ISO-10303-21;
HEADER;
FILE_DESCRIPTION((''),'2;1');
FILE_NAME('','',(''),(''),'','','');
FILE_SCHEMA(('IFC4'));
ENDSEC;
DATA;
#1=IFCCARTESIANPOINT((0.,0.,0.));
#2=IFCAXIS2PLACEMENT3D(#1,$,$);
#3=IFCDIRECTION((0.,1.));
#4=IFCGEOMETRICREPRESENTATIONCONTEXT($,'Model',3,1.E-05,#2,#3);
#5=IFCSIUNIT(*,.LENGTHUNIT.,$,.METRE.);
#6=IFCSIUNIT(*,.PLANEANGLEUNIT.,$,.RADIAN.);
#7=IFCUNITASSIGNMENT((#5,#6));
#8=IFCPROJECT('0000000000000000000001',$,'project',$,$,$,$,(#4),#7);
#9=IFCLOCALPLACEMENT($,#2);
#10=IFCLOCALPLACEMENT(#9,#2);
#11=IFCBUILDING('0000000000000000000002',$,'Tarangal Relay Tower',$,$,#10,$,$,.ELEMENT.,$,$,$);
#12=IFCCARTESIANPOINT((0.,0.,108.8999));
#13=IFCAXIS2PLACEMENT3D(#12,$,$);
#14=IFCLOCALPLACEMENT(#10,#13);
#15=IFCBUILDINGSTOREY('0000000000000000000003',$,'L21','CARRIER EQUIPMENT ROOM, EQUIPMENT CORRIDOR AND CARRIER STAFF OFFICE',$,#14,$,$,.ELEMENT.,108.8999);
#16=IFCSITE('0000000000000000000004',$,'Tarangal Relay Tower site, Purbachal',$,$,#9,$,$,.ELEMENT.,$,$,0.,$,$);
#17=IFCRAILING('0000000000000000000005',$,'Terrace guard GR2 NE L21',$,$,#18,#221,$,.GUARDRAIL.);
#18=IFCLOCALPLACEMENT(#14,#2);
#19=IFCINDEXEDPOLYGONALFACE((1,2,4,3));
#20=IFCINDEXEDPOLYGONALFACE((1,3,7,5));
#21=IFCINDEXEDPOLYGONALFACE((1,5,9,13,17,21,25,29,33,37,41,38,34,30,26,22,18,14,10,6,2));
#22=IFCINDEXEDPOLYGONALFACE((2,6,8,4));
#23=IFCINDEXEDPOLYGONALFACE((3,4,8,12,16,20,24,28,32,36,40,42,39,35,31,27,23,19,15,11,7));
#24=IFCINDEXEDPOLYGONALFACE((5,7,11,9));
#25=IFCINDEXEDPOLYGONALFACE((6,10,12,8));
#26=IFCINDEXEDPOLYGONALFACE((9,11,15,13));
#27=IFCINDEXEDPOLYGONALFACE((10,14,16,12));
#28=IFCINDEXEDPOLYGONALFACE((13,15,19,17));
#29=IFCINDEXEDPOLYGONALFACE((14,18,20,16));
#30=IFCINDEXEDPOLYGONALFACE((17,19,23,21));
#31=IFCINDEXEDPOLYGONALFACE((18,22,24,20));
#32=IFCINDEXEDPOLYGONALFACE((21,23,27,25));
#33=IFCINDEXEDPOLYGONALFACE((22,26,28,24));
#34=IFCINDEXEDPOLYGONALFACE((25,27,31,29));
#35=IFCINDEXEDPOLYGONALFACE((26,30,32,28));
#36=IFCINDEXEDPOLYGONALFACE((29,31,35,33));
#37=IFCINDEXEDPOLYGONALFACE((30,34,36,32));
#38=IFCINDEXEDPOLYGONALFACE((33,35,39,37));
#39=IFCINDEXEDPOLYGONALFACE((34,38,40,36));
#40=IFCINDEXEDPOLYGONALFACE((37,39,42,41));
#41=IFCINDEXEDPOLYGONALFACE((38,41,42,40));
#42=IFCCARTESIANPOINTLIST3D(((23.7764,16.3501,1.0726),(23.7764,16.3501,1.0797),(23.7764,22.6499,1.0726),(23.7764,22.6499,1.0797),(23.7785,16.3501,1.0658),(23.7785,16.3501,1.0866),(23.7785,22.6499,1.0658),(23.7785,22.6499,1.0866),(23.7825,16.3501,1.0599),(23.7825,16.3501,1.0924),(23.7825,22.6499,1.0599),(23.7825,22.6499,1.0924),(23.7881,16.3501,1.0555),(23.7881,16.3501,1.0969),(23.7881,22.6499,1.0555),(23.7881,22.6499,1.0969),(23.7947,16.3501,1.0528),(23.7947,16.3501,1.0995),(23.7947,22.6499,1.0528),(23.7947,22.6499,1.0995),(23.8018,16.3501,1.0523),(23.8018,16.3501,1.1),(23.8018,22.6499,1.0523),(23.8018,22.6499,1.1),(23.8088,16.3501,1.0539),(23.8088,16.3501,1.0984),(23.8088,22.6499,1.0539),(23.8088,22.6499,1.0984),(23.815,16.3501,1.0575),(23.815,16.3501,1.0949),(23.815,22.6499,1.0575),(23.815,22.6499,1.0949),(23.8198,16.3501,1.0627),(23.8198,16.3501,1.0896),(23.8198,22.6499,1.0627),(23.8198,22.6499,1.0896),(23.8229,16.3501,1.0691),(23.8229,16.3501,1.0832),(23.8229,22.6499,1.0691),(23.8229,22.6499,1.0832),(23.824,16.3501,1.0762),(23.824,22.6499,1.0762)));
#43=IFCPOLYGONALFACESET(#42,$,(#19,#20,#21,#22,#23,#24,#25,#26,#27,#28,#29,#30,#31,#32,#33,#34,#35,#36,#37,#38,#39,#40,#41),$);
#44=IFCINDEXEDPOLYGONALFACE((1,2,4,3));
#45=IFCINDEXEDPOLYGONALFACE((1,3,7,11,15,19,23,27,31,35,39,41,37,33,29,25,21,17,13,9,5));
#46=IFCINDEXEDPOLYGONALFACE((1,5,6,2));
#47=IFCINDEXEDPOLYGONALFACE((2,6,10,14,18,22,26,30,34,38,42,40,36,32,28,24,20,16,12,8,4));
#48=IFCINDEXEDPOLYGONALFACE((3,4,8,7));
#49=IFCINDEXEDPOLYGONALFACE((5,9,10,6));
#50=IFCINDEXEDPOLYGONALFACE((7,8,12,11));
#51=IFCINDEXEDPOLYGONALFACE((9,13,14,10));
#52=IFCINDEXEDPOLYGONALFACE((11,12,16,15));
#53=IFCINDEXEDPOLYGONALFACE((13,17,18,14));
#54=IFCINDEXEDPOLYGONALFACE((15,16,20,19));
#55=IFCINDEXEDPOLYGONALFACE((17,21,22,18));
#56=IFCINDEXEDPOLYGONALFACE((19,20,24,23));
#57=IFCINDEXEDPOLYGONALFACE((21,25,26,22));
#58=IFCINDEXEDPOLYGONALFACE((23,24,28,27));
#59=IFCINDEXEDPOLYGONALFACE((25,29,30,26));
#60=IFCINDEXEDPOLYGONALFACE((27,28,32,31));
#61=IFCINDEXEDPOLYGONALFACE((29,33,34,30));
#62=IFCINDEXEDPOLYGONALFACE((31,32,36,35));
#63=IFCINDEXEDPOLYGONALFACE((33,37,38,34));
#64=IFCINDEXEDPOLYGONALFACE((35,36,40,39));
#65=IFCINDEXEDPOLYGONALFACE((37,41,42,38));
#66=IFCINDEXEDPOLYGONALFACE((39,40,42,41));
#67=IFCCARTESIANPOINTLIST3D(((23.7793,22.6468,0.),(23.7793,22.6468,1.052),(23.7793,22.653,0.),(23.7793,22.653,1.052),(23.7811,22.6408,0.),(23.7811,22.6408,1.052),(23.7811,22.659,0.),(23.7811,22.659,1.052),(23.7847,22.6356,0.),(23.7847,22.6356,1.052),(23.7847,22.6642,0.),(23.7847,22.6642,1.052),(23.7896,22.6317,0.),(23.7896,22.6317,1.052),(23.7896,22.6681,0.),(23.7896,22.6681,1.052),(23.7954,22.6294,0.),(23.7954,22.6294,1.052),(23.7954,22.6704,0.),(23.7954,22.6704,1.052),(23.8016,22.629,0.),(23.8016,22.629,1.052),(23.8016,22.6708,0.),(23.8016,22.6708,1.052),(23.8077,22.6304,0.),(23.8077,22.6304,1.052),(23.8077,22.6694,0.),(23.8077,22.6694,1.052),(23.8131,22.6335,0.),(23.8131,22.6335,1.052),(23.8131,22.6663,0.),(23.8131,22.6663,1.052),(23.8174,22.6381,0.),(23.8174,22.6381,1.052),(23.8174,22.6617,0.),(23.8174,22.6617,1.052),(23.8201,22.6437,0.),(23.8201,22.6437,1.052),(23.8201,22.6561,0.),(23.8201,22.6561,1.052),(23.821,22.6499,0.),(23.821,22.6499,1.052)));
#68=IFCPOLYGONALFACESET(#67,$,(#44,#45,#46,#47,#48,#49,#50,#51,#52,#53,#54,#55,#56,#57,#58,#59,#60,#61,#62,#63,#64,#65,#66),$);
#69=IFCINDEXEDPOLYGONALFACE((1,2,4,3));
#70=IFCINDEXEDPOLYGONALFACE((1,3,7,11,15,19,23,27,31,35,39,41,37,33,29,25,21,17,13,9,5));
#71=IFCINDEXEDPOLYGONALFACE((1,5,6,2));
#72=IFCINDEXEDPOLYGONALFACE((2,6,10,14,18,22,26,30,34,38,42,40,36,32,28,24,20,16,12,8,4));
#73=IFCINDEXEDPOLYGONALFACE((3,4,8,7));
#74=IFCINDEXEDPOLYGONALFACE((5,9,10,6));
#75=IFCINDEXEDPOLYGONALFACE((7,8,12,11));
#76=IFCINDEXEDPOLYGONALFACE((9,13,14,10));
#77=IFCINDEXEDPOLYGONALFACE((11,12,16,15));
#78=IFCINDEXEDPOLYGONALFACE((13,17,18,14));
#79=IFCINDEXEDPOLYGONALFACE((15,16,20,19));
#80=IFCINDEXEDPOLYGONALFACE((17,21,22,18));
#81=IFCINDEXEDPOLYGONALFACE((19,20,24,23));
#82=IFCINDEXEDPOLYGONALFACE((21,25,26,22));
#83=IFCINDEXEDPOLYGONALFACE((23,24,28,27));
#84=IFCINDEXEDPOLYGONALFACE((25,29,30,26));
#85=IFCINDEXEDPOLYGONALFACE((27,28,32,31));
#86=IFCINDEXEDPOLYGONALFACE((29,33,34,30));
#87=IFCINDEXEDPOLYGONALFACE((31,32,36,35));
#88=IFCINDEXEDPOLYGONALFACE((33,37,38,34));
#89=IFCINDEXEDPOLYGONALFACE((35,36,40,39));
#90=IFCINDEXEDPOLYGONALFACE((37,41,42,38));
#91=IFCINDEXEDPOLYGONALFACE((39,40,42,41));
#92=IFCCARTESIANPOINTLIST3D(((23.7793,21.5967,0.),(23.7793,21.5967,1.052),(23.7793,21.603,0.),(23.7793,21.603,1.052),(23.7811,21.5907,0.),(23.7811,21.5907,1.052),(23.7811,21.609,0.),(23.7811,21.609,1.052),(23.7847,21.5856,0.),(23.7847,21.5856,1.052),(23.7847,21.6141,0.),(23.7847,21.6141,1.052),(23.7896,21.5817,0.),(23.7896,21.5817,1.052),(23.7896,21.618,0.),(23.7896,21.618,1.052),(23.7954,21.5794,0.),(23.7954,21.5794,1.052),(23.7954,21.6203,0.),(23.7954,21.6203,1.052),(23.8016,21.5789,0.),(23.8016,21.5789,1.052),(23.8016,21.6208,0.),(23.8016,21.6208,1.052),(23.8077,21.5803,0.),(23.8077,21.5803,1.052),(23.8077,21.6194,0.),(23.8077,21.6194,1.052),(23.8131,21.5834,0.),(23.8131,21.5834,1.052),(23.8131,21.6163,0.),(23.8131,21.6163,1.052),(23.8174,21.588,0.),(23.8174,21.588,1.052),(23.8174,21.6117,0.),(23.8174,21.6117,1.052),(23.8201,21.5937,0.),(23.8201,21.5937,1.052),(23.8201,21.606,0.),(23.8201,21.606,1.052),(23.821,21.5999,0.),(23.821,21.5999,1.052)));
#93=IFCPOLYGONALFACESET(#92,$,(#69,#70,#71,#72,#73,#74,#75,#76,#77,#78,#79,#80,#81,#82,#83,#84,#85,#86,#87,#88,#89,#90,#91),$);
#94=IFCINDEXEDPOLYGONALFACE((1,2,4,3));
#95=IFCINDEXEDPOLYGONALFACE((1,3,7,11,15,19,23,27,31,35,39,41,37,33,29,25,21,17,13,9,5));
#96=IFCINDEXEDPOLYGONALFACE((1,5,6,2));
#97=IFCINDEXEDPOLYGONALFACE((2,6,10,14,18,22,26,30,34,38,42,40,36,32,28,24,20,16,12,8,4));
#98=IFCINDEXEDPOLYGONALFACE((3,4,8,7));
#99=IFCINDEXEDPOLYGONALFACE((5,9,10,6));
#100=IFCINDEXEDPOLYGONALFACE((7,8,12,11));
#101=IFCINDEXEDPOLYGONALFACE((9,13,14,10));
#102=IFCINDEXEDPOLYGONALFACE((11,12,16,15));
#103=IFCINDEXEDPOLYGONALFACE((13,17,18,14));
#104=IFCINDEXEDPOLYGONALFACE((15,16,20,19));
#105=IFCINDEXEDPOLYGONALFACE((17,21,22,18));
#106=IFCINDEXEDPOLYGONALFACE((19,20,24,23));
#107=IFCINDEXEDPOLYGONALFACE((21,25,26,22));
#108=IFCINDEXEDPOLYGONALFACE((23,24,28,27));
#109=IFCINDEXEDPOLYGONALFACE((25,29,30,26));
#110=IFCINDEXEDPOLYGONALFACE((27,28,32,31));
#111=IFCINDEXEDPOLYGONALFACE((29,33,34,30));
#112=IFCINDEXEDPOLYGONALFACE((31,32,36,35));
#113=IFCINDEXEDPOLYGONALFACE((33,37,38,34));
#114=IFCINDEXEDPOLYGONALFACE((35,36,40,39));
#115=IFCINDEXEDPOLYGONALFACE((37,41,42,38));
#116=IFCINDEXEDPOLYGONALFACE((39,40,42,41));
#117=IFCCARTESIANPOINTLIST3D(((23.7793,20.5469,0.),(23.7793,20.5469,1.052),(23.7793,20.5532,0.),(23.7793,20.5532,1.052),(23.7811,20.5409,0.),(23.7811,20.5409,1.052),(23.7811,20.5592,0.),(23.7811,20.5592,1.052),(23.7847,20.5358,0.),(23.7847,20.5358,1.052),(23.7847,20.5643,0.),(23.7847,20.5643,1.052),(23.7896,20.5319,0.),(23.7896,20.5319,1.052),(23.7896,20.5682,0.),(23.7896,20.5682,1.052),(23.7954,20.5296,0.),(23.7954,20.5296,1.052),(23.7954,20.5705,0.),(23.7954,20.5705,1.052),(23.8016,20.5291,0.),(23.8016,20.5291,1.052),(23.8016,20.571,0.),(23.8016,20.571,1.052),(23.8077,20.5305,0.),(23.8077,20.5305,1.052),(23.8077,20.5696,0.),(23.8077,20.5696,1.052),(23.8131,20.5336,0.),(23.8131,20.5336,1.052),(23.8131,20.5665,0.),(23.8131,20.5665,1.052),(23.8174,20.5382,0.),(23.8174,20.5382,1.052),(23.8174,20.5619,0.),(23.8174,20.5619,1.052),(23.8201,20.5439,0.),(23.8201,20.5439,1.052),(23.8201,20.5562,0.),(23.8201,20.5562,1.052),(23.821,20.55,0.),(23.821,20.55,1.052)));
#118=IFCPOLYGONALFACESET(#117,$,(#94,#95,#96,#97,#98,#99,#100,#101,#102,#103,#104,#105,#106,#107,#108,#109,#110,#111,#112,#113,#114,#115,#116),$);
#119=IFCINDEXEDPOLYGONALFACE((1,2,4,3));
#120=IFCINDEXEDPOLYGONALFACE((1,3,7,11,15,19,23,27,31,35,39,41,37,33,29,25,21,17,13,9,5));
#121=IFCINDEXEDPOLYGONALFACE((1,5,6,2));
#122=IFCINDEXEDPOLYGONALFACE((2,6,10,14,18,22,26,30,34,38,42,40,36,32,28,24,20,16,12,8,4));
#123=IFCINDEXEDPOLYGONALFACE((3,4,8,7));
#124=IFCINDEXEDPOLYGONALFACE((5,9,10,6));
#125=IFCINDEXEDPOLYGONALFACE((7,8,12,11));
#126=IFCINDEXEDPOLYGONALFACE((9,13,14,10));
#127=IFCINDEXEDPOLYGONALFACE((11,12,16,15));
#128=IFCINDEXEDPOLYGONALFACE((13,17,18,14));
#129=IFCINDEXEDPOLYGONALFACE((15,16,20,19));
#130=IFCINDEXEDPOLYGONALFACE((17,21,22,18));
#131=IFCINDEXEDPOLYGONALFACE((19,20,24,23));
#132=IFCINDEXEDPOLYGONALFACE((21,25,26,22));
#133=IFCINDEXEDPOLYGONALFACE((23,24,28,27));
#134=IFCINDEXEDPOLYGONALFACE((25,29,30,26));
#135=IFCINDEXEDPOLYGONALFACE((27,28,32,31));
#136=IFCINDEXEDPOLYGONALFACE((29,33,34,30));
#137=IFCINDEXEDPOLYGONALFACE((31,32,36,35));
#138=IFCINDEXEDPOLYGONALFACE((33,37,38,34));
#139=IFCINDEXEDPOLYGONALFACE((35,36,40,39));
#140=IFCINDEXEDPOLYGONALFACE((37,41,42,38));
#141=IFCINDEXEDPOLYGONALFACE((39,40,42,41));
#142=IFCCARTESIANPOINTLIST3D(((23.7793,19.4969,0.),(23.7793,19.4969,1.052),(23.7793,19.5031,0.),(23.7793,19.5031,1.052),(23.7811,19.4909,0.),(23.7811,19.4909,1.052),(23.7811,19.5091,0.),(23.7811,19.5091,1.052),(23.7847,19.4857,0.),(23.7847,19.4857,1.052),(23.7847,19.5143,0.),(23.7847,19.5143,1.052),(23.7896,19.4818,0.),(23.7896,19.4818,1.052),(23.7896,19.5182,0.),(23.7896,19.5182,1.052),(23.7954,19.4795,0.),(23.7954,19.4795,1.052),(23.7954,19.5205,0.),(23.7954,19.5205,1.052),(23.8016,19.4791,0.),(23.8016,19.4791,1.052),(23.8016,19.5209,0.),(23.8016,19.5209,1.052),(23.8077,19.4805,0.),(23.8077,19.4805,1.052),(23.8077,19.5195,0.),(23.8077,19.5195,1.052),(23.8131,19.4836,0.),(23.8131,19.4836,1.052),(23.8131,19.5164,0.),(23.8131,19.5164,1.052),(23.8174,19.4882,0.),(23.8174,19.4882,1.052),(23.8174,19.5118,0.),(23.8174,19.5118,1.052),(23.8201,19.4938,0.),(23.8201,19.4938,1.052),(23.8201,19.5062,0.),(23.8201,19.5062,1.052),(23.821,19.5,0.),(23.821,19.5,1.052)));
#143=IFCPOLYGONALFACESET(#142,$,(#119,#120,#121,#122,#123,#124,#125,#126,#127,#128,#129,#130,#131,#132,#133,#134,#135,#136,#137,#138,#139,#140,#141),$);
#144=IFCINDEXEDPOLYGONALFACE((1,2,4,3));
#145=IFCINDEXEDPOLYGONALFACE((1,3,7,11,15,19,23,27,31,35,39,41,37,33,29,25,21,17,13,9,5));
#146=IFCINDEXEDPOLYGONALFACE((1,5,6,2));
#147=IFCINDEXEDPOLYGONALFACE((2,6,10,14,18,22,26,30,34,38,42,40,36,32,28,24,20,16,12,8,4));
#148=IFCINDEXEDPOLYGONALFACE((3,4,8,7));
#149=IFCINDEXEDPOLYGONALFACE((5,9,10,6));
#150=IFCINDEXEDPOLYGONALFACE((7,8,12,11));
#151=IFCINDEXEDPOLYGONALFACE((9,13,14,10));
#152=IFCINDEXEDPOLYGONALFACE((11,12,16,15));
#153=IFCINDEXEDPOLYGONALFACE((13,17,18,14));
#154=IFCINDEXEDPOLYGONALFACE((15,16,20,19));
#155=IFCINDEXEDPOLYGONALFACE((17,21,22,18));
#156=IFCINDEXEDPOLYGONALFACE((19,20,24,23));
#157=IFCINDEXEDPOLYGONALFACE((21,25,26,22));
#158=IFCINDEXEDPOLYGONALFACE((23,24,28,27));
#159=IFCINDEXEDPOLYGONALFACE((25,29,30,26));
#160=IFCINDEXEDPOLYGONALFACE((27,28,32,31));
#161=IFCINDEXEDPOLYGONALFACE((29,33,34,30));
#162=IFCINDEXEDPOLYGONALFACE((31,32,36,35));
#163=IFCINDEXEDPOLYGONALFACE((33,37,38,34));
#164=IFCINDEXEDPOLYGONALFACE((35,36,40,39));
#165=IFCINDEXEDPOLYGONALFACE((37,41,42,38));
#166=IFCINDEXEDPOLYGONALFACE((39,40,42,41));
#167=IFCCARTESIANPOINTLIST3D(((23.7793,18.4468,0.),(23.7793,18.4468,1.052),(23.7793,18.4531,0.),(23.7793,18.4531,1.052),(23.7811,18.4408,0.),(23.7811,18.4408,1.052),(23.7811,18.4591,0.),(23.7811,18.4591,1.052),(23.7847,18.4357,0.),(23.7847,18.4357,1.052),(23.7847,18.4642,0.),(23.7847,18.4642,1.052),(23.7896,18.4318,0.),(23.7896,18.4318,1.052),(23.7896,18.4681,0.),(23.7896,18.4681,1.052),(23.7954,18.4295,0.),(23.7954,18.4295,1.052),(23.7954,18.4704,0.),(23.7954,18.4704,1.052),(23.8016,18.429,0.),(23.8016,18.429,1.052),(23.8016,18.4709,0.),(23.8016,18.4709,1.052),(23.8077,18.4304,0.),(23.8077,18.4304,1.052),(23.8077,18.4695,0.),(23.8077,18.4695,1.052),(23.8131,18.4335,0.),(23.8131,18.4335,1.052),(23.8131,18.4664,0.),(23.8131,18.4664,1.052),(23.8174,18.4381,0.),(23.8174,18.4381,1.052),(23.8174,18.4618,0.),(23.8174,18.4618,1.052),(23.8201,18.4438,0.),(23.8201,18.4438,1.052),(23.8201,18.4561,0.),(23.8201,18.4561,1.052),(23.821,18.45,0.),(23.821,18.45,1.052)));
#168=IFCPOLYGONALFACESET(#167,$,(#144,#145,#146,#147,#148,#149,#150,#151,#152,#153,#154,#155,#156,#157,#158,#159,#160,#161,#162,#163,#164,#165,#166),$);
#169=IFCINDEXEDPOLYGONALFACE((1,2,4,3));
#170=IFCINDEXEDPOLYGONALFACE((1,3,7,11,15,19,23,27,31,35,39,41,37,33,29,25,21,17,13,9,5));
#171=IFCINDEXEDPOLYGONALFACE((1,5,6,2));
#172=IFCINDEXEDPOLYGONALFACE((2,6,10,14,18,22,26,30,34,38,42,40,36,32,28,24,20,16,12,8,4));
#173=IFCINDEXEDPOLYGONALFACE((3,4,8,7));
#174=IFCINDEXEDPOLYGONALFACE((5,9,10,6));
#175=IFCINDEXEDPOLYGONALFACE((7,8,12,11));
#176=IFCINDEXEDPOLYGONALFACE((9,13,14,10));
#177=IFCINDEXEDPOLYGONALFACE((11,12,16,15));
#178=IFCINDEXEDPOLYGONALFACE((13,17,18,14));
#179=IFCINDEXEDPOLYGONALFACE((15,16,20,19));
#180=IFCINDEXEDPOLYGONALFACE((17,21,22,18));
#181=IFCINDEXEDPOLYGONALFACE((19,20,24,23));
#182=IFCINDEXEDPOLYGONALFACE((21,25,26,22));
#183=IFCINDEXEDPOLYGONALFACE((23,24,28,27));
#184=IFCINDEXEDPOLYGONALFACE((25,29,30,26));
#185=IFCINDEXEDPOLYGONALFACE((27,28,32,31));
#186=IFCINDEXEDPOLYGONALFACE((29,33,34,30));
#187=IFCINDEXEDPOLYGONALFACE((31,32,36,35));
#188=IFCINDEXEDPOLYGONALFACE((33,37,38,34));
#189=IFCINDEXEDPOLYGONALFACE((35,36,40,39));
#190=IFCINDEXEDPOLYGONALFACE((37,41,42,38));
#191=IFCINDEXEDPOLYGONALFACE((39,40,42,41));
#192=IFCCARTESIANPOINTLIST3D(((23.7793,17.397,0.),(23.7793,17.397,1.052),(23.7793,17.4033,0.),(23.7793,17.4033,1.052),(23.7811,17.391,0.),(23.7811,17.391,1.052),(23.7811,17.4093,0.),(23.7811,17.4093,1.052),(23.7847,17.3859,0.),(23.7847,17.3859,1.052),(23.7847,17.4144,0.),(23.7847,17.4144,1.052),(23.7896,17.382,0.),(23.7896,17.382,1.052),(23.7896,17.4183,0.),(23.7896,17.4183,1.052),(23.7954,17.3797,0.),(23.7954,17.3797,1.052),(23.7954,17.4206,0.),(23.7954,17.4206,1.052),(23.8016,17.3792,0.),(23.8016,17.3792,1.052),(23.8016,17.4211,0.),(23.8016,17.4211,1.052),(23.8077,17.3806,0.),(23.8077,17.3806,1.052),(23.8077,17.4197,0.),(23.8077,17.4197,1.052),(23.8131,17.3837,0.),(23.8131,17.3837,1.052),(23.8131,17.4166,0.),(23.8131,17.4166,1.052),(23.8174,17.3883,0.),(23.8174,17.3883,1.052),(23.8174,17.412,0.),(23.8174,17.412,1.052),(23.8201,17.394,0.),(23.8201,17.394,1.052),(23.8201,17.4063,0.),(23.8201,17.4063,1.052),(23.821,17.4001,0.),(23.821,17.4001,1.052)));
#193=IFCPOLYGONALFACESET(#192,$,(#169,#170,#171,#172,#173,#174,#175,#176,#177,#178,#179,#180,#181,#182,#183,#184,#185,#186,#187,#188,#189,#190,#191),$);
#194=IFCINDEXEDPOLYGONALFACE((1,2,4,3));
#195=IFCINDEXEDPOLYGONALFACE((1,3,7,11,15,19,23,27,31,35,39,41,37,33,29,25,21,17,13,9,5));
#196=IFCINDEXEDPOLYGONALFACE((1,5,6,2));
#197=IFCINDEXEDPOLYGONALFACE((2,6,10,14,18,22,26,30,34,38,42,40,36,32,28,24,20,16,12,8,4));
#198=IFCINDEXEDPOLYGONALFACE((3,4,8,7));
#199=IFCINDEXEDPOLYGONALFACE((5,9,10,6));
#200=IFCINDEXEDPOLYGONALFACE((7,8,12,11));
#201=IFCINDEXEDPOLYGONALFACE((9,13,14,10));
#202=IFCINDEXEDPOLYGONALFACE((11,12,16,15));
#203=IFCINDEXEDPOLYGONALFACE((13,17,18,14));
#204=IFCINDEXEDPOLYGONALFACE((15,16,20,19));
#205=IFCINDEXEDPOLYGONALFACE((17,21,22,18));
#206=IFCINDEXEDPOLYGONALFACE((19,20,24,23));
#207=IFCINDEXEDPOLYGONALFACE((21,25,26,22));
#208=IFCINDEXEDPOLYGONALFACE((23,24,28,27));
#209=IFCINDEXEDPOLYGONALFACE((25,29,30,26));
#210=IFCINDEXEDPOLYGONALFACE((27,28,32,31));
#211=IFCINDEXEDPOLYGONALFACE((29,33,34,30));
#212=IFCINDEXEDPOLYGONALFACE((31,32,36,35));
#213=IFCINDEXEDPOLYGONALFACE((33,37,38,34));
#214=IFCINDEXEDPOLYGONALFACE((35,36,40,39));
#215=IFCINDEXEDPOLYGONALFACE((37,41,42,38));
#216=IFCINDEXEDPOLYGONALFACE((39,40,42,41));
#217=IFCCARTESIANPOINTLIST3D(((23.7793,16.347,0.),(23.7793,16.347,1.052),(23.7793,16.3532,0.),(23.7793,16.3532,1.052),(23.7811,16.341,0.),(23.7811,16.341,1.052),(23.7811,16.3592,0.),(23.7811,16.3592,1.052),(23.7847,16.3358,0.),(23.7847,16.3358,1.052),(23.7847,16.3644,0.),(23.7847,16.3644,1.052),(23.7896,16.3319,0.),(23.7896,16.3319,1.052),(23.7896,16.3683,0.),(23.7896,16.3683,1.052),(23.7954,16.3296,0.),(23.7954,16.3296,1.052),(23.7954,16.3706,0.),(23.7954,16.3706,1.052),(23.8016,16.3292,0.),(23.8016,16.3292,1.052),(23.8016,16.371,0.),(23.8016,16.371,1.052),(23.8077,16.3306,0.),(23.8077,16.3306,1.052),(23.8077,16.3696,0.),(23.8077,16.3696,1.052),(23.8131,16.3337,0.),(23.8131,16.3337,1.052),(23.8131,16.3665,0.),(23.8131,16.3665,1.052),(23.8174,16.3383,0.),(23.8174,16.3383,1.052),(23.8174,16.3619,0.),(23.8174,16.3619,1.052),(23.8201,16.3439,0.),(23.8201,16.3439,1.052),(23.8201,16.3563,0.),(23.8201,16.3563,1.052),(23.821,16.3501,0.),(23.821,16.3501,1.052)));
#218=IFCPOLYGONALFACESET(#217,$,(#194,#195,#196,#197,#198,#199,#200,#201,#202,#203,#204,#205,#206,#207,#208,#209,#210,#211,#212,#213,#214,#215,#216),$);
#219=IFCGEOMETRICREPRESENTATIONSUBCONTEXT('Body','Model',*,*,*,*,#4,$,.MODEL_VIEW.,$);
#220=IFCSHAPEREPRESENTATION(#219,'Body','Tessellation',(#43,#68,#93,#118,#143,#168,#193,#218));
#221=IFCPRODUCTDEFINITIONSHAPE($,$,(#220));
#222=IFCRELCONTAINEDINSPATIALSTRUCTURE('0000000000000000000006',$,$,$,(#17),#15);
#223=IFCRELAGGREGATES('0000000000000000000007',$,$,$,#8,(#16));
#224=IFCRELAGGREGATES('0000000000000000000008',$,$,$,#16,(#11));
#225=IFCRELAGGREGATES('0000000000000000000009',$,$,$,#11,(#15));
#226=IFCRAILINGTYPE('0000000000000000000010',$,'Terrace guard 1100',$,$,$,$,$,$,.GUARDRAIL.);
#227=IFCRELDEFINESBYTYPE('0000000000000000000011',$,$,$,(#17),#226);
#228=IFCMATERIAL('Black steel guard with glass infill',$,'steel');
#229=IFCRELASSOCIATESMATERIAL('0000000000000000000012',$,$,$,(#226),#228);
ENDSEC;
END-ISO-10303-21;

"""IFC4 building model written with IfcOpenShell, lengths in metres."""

from ifc_helpers import new_model, si_unit, direction, frame, origin, origin_2d, place, context, subcontext, project, spatial, circle, extrude, material, type_object, element, save


model = new_model("IFC4")

# Units and contexts
model_context = context("Model", 3, precision=1e-05, world=origin(), true_north=direction((0.0, 1.0)))
body_context = subcontext(model_context, "Body", "Model", "MODEL_VIEW")
ifc_project = project(units=[si_unit("LENGTHUNIT", "METRE"), si_unit("PLANEANGLEUNIT", "RADIAN")], contexts=[model_context])

# Site, building, storey
site_placement = place(None, origin())
site = spatial("IfcSite", under=ifc_project, at=site_placement, Name="Tarangal Relay Tower site, Purbachal", CompositionType="ELEMENT", RefElevation=0.0)
building_placement = place(site_placement, origin())
building = spatial("IfcBuilding", under=site, at=building_placement, Name="Tarangal Relay Tower", CompositionType="ELEMENT")
storey_placement = place(building_placement, frame((0.0, 0.0, 108.8999)))
storey = spatial("IfcBuildingStorey", under=building, at=storey_placement, Name="L21", Description="CARRIER EQUIPMENT ROOM, EQUIPMENT CORRIDOR AND CARRIER STAFF OFFICE", CompositionType="ELEMENT", Elevation=108.8999)

# Railing
ifc_material_1 = material(Name="Black steel guard with glass infill", Category="steel")
railing_type = type_object("IfcRailingType", Name="Terrace guard 1100", PredefinedType="GUARDRAIL", material=ifc_material_1)
railing_1_placement = place(storey_placement, frame((23.8, 22.6499, 0.0)))
element("IfcRailing", 1, at=railing_1_placement, inside=storey, type_object=railing_type, Name="Terrace guard GR2 NE L21", PredefinedType="GUARDRAIL", context=body_context, shape_type="SweptSolid", body=[
    extrude(circle(Radius=0.0239, at=origin_2d()), frame((0.0, 0.0, 1.0762), z_axis=(0.0, -1.0, 0.0), x_axis=(1.0, 0.0, 0.0)), (0.0, 0.0, 1.0), 6.2998),
    extrude(circle(Radius=0.021, at=origin_2d()), origin(), (0.0, 0.0, 1.0), 1.052),
    extrude(circle(Radius=0.021, at=origin_2d()), frame((0.0, -1.05, 0.0)), (0.0, 0.0, 1.0), 1.052),
    extrude(circle(Radius=0.021, at=origin_2d()), frame((0.0, -2.0999, 0.0)), (0.0, 0.0, 1.0), 1.052),
    extrude(circle(Radius=0.021, at=origin_2d()), frame((0.0, -3.1499, 0.0)), (0.0, 0.0, 1.0), 1.052),
    extrude(circle(Radius=0.021, at=origin_2d()), frame((0.0, -4.2, 0.0)), (0.0, 0.0, 1.0), 1.052),
    extrude(circle(Radius=0.021, at=origin_2d()), frame((0.0, -5.2498, 0.0)), (0.0, 0.0, 1.0), 1.052),
    extrude(circle(Radius=0.021, at=origin_2d()), frame((0.0, -6.2998, 0.0)), (0.0, 0.0, 1.0), 1.052),
])

save(model, "model.ifc")
